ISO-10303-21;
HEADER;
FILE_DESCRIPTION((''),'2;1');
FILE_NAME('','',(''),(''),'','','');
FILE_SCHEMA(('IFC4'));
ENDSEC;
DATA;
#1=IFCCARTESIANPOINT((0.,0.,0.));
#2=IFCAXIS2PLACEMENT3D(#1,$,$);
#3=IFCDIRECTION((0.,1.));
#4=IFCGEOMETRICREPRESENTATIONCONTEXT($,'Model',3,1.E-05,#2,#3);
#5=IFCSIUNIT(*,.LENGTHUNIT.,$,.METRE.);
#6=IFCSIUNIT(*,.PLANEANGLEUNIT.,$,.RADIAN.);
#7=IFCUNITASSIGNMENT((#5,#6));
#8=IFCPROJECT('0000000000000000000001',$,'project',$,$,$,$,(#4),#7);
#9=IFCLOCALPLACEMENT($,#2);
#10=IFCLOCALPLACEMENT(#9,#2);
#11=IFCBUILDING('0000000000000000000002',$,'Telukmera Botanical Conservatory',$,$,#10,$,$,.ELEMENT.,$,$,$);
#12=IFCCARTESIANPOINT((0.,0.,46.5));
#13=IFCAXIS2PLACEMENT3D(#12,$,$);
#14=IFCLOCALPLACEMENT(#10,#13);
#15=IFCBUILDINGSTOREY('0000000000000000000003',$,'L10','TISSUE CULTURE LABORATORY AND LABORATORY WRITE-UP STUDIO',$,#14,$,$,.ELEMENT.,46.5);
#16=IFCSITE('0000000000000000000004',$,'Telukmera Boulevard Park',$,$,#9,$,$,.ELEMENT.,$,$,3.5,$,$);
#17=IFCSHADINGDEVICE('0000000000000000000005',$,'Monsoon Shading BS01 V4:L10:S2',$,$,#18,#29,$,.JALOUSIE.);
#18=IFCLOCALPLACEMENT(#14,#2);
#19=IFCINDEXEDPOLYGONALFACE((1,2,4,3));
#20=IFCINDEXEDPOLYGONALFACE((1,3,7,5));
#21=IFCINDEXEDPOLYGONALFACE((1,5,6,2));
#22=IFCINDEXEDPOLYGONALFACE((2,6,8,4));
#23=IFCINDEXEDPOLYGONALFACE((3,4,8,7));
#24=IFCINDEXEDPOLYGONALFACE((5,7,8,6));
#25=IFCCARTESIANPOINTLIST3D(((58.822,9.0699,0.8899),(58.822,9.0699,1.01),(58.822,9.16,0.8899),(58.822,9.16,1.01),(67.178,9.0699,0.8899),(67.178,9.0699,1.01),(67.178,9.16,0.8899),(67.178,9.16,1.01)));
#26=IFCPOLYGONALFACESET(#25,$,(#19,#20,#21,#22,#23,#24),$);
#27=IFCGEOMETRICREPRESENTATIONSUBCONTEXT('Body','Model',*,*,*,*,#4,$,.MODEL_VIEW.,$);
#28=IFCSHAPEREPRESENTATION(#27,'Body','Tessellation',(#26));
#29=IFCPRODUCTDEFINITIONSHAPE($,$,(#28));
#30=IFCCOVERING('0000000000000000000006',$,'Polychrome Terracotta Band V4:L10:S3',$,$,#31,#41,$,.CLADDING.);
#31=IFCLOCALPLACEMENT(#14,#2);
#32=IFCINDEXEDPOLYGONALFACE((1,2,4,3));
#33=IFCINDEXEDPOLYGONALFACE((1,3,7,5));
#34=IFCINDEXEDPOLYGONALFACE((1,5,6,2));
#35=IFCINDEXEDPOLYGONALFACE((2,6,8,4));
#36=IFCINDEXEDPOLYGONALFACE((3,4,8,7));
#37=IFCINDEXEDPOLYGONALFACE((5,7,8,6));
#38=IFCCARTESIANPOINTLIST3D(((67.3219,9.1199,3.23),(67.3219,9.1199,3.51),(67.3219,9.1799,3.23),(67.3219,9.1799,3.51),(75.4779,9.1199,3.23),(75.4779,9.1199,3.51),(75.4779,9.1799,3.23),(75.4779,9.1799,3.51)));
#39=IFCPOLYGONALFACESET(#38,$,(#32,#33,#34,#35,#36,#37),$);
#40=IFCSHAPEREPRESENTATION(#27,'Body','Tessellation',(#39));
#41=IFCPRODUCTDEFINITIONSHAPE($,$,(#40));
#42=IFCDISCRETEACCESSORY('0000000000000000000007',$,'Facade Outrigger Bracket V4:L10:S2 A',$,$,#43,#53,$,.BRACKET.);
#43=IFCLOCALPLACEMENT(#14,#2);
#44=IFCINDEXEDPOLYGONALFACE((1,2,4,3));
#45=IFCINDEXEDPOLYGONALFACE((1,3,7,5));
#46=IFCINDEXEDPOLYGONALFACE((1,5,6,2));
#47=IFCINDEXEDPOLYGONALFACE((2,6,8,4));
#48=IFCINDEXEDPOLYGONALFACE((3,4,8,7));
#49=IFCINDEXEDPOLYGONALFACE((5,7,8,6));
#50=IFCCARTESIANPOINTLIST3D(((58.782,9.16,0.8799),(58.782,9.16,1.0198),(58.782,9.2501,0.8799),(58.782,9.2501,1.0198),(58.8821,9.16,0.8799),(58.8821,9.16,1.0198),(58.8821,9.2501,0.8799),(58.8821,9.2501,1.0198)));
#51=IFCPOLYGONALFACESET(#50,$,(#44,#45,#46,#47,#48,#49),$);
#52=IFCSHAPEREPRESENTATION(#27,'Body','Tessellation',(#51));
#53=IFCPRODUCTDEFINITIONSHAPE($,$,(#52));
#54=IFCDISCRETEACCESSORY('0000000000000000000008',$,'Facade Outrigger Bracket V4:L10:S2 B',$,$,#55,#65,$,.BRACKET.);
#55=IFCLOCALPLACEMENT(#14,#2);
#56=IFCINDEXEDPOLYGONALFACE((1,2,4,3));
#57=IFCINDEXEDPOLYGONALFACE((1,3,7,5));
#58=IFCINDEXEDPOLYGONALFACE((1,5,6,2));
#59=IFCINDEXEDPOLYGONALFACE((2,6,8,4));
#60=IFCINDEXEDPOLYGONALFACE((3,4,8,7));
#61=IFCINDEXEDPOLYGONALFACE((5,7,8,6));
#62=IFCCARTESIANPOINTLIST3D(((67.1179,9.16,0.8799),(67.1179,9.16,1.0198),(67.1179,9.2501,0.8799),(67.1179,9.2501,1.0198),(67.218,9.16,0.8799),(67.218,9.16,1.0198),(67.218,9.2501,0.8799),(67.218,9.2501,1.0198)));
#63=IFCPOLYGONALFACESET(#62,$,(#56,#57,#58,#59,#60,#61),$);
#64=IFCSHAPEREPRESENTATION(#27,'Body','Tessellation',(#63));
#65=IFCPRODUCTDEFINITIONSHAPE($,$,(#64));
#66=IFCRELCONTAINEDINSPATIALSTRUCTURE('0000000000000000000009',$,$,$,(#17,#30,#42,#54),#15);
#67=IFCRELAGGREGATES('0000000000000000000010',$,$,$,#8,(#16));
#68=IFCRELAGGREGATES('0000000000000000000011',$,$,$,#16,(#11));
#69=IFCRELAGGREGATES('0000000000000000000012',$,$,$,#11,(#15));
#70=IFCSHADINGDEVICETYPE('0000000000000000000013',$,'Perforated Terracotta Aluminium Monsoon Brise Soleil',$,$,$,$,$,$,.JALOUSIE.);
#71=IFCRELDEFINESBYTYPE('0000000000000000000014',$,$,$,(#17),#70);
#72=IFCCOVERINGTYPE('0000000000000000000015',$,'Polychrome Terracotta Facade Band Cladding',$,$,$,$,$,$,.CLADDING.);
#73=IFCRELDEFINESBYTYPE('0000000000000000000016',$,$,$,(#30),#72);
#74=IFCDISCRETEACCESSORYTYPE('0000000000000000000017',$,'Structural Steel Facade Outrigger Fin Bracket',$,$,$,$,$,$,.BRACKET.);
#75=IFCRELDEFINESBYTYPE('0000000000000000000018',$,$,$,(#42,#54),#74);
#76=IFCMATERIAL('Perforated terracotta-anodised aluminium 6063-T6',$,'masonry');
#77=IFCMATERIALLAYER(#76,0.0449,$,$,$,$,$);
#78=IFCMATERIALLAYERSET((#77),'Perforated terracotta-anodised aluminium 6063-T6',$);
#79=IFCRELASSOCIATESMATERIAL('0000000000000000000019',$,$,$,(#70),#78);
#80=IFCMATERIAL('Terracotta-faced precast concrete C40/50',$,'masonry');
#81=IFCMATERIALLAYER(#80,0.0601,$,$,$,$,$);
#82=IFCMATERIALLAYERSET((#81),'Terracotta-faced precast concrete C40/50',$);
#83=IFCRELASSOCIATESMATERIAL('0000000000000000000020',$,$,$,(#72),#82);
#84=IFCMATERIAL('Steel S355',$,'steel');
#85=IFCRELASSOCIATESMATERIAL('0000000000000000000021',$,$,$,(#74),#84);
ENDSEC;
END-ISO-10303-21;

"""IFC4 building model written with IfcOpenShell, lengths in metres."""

from ifc_helpers import new_model, si_unit, direction, frame, origin, origin_2d, place, context, subcontext, project, spatial, rectangle, extrude, material, layer, layer_set, type_object, element, save


model = new_model("IFC4")

# Units and contexts
model_context = context("Model", 3, precision=1e-05, world=origin(), true_north=direction((0.0, 1.0)))
body_context = subcontext(model_context, "Body", "Model", "MODEL_VIEW")
ifc_project = project(units=[si_unit("LENGTHUNIT", "METRE"), si_unit("PLANEANGLEUNIT", "RADIAN")], contexts=[model_context])

# Site, building, storey
site_placement = place(None, origin())
site = spatial("IfcSite", under=ifc_project, at=site_placement, Name="Telukmera Boulevard Park", CompositionType="ELEMENT", RefElevation=3.5)
building_placement = place(site_placement, origin())
building = spatial("IfcBuilding", under=site, at=building_placement, Name="Telukmera Botanical Conservatory", CompositionType="ELEMENT")
storey_placement = place(building_placement, frame((0.0, 0.0, 46.5)))
storey = spatial("IfcBuildingStorey", under=building, at=storey_placement, Name="L10", Description="TISSUE CULTURE LABORATORY AND LABORATORY WRITE-UP STUDIO", CompositionType="ELEMENT", Elevation=46.5)

# Shading device
ifc_material_1 = material(Name="Perforated terracotta-anodised aluminium 6063-T6", Category="masonry")
ifc_layer_1 = layer(ifc_material_1, 0.0449)
ifc_layer_set_1 = layer_set([ifc_layer_1], Name="Perforated terracotta-anodised aluminium 6063-T6")
shading_device_type = type_object("IfcShadingDeviceType", Name="Perforated Terracotta Aluminium Monsoon Brise Soleil", PredefinedType="JALOUSIE", material=ifc_layer_set_1)
shading_device_placement = place(storey_placement, frame((63.0, 9.115, 0.8899), z_axis=(0.0, 0.0, 1.0), x_axis=(1.0, 0.0, 0.0)))
element("IfcShadingDevice", 1, at=shading_device_placement, inside=storey, type_object=shading_device_type, Name="Monsoon Shading BS01 V4:L10:S2", PredefinedType="JALOUSIE", context=body_context, shape_type="SweptSolid", body=[
    extrude(rectangle(XDim=8.356, YDim=0.0901, at=origin_2d()), origin(), (0.0, 0.0, 1.0), 0.1201),
])

# Covering
ifc_material_2 = material(Name="Terracotta-faced precast concrete C40/50", Category="masonry")
ifc_layer_2 = layer(ifc_material_2, 0.0601)
ifc_layer_set_2 = layer_set([ifc_layer_2], Name="Terracotta-faced precast concrete C40/50")
covering_type_1 = type_object("IfcCoveringType", Name="Polychrome Terracotta Facade Band Cladding", PredefinedType="CLADDING", material=ifc_layer_set_2)
covering_placement = place(storey_placement, frame((71.3999, 9.1499, 3.23), z_axis=(0.0, 0.0, 1.0), x_axis=(1.0, 0.0, 0.0)))
element("IfcCovering", 2, at=covering_placement, inside=storey, type_object=covering_type_1, Name="Polychrome Terracotta Band V4:L10:S3", PredefinedType="CLADDING", context=body_context, shape_type="SweptSolid", body=[
    extrude(rectangle(XDim=8.156, YDim=0.0601, at=origin_2d()), origin(), (0.0, 0.0, 1.0), 0.28),
])

# Discrete accessories
ifc_material_3 = material(Name="Steel S355", Category="steel")
discrete_accessory_type = type_object("IfcDiscreteAccessoryType", Name="Structural Steel Facade Outrigger Fin Bracket", PredefinedType="BRACKET", material=ifc_material_3)
for number, where, z_axis, x_axis, name in (
    (3, (58.832, 9.2051, 0.8799), (0.0, 0.0, 1.0), (1.0, 0.0, 0.0), "Facade Outrigger Bracket V4:L10:S2 A"),
    (4, (67.168, 9.2051, 0.8799), (0.0, 0.0, 1.0), (1.0, 0.0, 0.0), "Facade Outrigger Bracket V4:L10:S2 B"),
):
    element("IfcDiscreteAccessory", number, at=place(storey_placement, frame(where, z_axis=z_axis, x_axis=x_axis)), inside=storey, type_object=discrete_accessory_type, Name=name, PredefinedType="BRACKET", context=body_context, shape_type="SweptSolid", body=[
        extrude(rectangle(XDim=0.1001, YDim=0.0901, at=origin_2d()), origin(), (0.0, 0.0, 1.0), 0.1399),
    ])

save(model, "model.ifc")
